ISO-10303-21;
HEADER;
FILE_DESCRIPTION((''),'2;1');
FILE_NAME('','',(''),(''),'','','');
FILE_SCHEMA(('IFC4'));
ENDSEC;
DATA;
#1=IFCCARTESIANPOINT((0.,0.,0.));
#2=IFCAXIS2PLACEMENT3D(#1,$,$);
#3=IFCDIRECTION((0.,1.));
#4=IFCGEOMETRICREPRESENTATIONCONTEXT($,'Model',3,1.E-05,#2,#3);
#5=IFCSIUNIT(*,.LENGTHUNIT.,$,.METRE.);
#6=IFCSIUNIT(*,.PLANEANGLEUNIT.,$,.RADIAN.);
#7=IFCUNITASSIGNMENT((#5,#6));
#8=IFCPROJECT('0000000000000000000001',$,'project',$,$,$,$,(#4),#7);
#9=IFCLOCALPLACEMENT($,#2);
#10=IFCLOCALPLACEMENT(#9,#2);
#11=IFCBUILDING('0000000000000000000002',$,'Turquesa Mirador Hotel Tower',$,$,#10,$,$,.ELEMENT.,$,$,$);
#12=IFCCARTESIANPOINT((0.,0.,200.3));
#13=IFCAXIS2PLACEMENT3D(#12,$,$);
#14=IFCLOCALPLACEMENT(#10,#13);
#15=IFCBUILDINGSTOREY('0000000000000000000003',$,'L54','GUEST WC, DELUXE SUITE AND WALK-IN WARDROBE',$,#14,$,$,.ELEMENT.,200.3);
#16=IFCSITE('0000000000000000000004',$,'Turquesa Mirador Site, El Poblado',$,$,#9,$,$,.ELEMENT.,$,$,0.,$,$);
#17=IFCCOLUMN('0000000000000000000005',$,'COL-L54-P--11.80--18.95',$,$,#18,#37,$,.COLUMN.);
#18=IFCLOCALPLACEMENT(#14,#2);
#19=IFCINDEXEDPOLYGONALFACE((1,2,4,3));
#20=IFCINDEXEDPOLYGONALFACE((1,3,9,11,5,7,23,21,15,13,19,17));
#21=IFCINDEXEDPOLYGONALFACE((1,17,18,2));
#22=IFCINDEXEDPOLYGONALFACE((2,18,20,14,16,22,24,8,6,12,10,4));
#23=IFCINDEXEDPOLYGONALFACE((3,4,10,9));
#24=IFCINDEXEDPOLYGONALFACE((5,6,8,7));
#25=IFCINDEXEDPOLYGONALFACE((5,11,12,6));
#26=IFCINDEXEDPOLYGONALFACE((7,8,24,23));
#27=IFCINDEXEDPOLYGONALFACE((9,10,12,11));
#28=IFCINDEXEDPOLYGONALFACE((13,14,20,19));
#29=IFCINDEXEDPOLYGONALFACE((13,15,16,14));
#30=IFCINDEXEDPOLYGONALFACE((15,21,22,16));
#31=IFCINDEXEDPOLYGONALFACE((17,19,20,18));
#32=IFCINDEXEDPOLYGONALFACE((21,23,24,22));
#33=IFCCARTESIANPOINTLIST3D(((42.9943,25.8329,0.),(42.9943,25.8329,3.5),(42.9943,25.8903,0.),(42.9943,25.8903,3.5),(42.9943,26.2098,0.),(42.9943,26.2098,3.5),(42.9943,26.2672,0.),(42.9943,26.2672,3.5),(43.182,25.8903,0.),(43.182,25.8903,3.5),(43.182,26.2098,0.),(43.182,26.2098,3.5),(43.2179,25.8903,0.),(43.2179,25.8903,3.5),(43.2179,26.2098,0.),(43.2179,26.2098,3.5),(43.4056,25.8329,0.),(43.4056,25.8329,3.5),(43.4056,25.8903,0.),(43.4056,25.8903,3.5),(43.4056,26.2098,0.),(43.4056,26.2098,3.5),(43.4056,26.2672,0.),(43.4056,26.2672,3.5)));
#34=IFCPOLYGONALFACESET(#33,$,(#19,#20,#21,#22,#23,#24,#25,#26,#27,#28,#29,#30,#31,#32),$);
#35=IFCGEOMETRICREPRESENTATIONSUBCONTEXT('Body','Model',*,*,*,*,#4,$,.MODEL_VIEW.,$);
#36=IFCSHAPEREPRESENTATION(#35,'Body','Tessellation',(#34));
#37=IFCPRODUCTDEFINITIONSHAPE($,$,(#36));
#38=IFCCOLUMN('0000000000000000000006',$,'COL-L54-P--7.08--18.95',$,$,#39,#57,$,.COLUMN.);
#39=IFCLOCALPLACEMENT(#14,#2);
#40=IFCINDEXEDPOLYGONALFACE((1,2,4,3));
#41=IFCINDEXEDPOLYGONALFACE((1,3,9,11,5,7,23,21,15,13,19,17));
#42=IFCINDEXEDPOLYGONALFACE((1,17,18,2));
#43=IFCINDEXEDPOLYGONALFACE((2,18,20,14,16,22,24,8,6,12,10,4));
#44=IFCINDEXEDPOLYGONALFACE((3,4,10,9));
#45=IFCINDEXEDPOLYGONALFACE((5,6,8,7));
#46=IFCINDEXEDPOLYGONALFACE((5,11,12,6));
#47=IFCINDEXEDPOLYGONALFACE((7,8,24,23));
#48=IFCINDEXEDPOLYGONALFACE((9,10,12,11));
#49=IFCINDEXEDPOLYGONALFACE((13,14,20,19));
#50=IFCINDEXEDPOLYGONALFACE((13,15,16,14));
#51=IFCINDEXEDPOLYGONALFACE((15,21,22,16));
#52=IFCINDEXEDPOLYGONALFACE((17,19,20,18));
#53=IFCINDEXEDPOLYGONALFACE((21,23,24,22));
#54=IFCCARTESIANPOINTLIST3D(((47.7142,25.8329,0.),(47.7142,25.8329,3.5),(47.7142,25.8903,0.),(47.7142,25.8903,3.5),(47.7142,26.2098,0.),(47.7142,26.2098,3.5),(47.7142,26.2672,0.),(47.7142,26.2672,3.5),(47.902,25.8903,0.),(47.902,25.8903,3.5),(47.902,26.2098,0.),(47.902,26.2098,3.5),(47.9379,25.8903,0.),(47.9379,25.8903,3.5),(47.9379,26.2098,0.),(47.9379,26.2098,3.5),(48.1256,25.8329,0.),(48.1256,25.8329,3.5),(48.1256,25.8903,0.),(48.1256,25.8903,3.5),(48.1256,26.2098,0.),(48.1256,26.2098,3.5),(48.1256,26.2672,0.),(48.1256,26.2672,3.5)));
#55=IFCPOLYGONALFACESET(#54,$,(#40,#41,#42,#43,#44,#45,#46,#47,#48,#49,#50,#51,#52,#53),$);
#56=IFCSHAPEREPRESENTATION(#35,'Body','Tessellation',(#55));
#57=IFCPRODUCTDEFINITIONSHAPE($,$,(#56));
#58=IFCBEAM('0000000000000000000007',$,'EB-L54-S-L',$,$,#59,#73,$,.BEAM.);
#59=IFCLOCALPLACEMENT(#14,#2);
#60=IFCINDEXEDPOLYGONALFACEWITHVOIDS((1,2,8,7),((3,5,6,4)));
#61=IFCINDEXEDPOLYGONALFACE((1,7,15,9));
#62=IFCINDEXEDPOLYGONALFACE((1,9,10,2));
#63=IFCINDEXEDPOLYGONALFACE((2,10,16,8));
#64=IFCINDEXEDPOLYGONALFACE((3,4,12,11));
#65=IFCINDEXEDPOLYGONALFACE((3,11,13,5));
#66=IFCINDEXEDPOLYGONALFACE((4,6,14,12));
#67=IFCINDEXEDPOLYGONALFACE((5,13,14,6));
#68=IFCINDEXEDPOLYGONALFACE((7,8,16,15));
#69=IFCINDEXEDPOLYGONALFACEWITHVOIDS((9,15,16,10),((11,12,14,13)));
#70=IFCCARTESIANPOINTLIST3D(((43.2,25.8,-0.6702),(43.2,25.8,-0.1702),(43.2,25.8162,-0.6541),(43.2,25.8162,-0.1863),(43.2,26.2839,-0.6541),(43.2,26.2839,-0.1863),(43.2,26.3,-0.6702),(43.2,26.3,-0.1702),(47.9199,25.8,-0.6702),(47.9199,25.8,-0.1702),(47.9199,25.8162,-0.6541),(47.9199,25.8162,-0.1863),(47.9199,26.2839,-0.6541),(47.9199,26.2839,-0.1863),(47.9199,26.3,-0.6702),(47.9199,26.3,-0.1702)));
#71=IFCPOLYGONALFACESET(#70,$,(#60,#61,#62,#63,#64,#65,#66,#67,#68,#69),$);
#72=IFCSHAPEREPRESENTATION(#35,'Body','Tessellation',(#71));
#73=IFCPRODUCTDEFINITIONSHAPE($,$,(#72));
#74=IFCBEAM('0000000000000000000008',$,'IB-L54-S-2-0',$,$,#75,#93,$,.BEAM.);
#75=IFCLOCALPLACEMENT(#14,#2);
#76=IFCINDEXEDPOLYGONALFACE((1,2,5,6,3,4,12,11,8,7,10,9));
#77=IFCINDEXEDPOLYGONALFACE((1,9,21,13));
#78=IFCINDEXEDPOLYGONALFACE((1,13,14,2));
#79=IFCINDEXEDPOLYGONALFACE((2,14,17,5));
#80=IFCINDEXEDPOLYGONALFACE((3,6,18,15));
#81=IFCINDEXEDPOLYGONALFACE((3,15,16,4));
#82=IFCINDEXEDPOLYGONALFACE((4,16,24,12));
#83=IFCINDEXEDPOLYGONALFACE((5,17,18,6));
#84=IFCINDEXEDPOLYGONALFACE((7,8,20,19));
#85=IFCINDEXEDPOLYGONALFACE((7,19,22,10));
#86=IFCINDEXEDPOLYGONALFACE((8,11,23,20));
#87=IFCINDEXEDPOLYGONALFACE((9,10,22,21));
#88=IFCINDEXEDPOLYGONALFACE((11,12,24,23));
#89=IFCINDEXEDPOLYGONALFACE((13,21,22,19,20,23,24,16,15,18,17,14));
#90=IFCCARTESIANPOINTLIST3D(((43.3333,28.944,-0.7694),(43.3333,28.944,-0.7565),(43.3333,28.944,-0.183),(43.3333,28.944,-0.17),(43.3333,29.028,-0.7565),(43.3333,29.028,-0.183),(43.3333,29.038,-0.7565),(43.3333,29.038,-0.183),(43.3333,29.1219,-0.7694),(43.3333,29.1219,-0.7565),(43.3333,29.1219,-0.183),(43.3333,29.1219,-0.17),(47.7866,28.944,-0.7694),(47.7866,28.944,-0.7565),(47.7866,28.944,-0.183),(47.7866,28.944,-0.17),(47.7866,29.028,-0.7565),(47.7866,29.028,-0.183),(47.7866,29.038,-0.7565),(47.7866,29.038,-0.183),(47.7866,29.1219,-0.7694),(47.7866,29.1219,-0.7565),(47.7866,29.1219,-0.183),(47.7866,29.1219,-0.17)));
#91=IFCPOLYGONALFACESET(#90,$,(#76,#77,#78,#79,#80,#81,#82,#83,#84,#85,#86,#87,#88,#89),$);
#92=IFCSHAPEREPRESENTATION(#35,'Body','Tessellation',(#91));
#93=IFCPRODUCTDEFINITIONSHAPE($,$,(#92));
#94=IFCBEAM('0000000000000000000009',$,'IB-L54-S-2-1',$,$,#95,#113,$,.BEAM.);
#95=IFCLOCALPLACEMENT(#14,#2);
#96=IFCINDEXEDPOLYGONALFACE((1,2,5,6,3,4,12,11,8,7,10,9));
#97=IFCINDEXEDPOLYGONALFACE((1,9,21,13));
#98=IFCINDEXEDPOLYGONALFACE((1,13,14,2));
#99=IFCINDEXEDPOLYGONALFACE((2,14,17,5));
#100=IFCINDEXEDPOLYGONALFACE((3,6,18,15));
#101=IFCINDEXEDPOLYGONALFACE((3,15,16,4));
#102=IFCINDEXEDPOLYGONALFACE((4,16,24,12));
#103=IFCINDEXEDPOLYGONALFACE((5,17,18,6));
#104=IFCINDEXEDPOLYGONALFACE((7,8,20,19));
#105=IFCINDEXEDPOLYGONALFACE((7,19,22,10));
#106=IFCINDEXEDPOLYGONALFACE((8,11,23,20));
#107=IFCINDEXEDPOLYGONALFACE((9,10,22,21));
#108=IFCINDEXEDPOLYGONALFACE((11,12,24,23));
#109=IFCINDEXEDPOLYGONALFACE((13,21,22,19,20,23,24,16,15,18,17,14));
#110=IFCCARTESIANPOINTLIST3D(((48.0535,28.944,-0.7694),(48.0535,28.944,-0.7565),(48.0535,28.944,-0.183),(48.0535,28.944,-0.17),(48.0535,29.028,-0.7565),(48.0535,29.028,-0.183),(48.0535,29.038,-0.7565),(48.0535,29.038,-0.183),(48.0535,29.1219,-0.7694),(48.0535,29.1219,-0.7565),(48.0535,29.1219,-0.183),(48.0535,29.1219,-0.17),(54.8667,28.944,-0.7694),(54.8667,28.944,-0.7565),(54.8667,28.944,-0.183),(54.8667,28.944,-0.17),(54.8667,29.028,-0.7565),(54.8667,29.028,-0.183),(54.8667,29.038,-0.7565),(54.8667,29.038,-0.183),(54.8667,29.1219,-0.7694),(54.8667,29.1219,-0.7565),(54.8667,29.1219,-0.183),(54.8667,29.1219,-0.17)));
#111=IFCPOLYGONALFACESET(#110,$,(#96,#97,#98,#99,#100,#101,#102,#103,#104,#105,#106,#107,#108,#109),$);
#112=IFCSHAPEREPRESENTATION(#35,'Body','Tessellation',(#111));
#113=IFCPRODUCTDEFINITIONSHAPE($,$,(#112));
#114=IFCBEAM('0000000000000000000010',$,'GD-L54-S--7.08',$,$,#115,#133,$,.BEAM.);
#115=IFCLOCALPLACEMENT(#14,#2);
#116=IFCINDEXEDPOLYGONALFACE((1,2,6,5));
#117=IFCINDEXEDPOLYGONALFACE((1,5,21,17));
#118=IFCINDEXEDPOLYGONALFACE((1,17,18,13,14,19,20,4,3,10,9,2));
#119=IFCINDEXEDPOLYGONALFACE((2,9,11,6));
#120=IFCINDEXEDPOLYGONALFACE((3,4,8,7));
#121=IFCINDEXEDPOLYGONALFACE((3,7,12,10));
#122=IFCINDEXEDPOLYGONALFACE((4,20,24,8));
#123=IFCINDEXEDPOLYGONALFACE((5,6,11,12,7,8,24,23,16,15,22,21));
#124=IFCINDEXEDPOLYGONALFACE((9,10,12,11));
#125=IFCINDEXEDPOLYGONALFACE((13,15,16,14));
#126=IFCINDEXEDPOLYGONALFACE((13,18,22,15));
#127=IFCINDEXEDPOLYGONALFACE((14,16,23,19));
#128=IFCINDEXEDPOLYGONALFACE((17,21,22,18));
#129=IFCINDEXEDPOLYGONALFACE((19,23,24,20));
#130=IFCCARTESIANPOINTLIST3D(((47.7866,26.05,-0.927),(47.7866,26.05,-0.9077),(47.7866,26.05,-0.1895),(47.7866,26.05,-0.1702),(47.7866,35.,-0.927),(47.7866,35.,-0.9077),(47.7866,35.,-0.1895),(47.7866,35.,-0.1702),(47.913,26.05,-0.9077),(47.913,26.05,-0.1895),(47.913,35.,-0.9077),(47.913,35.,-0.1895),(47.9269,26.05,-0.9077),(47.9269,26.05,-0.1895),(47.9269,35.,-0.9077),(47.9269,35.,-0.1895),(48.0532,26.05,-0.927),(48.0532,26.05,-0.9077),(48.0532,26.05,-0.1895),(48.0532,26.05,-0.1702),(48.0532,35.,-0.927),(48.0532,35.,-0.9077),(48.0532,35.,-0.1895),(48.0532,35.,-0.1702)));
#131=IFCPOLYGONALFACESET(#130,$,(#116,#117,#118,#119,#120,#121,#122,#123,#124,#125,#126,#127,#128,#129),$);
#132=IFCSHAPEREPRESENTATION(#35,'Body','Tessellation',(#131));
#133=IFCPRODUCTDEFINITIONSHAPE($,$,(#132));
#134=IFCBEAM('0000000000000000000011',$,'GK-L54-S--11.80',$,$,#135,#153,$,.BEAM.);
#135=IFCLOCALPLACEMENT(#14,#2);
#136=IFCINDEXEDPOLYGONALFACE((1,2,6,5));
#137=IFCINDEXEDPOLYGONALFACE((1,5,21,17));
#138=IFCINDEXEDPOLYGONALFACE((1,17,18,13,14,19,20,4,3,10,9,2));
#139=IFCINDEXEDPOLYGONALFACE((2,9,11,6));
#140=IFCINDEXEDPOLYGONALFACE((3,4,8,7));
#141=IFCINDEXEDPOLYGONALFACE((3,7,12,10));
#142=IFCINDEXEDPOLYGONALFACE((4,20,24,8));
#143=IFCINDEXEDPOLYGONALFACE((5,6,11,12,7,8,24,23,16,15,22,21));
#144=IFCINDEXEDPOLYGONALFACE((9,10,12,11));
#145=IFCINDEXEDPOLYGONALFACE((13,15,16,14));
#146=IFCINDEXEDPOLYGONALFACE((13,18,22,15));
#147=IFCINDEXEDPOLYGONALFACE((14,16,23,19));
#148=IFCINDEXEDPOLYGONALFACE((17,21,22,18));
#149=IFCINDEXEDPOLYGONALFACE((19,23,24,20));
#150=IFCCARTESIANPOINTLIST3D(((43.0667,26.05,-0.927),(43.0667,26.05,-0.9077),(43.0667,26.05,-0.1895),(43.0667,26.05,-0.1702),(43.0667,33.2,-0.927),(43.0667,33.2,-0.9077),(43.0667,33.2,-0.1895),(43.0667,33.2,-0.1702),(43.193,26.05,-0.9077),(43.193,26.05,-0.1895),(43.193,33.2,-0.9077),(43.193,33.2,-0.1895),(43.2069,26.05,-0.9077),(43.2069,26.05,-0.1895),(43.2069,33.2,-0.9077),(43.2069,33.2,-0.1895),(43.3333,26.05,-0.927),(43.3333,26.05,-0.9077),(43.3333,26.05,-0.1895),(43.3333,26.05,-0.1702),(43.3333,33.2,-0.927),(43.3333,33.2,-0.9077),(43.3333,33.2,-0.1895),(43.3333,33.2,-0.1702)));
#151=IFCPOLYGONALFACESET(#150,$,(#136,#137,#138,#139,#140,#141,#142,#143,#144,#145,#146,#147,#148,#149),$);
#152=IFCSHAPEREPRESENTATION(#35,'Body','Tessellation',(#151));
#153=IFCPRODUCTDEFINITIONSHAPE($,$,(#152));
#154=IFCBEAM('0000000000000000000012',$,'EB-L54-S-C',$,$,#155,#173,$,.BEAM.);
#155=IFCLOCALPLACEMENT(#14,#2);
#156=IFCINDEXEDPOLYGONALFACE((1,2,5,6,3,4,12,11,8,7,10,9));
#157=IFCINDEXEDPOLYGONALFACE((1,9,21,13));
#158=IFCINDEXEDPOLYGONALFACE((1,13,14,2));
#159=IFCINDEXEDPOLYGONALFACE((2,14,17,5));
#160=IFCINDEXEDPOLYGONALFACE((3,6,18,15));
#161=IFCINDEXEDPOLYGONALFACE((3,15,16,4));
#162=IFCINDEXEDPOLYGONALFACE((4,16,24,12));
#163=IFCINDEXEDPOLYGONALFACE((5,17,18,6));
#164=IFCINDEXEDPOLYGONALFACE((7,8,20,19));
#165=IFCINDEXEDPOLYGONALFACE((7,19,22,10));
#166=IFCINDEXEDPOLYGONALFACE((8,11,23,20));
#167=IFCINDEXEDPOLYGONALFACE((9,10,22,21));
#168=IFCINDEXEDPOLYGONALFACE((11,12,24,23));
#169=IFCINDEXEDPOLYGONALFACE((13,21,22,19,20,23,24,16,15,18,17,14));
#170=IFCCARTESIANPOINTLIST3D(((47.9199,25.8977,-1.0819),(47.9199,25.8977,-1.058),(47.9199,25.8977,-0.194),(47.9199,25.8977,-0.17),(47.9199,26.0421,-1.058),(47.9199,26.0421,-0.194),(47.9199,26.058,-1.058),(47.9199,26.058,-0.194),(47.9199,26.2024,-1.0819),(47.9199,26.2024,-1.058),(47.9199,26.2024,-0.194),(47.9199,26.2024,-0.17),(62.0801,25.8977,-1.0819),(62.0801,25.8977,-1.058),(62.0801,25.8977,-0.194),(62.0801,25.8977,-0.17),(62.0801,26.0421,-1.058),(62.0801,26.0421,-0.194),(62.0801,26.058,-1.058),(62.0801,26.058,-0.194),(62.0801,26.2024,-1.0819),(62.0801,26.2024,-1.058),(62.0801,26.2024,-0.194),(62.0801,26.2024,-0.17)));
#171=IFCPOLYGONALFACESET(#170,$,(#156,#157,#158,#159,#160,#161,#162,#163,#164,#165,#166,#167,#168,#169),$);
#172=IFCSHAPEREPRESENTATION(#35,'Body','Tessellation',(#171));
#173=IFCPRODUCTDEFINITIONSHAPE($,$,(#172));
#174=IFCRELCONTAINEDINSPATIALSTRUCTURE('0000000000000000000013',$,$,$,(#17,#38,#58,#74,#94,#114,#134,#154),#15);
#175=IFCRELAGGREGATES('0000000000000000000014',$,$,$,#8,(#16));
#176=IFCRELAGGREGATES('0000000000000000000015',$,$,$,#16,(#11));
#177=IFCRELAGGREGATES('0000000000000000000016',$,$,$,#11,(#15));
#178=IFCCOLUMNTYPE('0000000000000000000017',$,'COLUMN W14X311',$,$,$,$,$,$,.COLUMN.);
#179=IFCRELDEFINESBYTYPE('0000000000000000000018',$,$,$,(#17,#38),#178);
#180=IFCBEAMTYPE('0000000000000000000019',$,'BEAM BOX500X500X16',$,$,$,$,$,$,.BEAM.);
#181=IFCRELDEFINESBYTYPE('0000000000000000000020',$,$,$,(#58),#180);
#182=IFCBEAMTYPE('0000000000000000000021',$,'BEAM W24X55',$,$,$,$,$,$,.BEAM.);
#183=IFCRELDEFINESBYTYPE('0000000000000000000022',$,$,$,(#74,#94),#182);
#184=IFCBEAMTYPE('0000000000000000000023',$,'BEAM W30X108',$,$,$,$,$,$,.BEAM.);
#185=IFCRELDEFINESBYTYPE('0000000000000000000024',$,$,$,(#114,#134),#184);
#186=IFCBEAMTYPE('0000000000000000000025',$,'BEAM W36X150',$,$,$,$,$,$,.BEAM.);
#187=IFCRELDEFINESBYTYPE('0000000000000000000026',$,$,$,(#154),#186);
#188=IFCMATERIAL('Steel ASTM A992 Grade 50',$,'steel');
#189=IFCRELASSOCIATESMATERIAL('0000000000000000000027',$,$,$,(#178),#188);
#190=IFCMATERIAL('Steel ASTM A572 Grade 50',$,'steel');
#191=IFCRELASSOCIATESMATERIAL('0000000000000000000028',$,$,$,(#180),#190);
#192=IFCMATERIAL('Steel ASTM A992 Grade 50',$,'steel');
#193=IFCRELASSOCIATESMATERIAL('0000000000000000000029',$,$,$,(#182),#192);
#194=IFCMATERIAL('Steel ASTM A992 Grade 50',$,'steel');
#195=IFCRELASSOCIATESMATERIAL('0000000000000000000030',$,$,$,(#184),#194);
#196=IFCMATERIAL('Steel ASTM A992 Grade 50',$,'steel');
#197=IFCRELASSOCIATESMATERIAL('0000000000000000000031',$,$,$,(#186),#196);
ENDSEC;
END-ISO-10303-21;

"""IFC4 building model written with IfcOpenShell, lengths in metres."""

from ifc_helpers import new_model, si_unit, direction, frame, origin, origin_2d, place, context, subcontext, project, spatial, hollow_rectangle, i_section, extrude, material, material_profile, profile_set, type_object, element, save


model = new_model("IFC4")

# Units and contexts
model_context = context("Model", 3, precision=1e-05, world=origin(), true_north=direction((0.0, 1.0)))
body_context = subcontext(model_context, "Body", "Model", "MODEL_VIEW")
ifc_project = project(units=[si_unit("LENGTHUNIT", "METRE"), si_unit("PLANEANGLEUNIT", "RADIAN")], contexts=[model_context])

# Site, building, storey
site_placement = place(None, origin())
site = spatial("IfcSite", under=ifc_project, at=site_placement, Name="Turquesa Mirador Site, El Poblado", CompositionType="ELEMENT", RefElevation=0.0)
building_placement = place(site_placement, origin())
building = spatial("IfcBuilding", under=site, at=building_placement, Name="Turquesa Mirador Hotel Tower", CompositionType="ELEMENT")
storey_placement = place(building_placement, frame((0.0, 0.0, 200.3)))
storey = spatial("IfcBuildingStorey", under=building, at=storey_placement, Name="L54", Description="GUEST WC, DELUXE SUITE AND WALK-IN WARDROBE", CompositionType="ELEMENT", Elevation=200.3)

# Columns
ifc_material_1 = material(Name="Steel ASTM A992 Grade 50", Category="steel")
ifc_material_profile_1 = material_profile(ifc_material_1, i_section(OverallWidth=0.4114, OverallDepth=0.4343, WebThickness=0.0359, FlangeThickness=0.0574, at=origin_2d()), Name="W14X311")
ifc_profile_set_1 = profile_set([ifc_material_profile_1], Name="Steel ASTM A992 Grade 50")
column_type = type_object("IfcColumnType", Name="COLUMN W14X311", PredefinedType="COLUMN", material=ifc_profile_set_1)
for number, where, z_axis, x_axis, name in (
    (1, (43.2, 26.05, 0.0), (0.0, 0.0, 1.0), (1.0, 0.0, 0.0), "COL-L54-P--11.80--18.95"),
    (2, (47.9199, 26.05, 0.0), (0.0, 0.0, 1.0), (1.0, 0.0, 0.0), "COL-L54-P--7.08--18.95"),
):
    element("IfcColumn", number, at=place(storey_placement, frame(where, z_axis=z_axis, x_axis=x_axis)), inside=storey, type_object=column_type, Name=name, PredefinedType="COLUMN", context=body_context, shape_type="SweptSolid", body=[
        extrude(i_section(OverallWidth=0.4114, OverallDepth=0.4343, WebThickness=0.0359, FlangeThickness=0.0574, at=origin_2d()), origin(), (0.0, 0.0, 1.0), 3.5),
    ])

# Beams
ifc_material_2 = material(Name="Steel ASTM A572 Grade 50", Category="steel")
ifc_material_profile_2 = material_profile(ifc_material_2, hollow_rectangle(XDim=0.5, YDim=0.5, WallThickness=0.0161, at=origin_2d()), Name="BOX500X500X16")
ifc_profile_set_2 = profile_set([ifc_material_profile_2], Name="Steel ASTM A572 Grade 50")
beam_type_1 = type_object("IfcBeamType", Name="BEAM BOX500X500X16", PredefinedType="BEAM", material=ifc_profile_set_2)
beam_1_placement = place(storey_placement, frame((43.2, 26.05, -0.4202), z_axis=(1.0, 0.0, 0.0), x_axis=(0.0, 1.0, 0.0)))
element("IfcBeam", 3, at=beam_1_placement, inside=storey, type_object=beam_type_1, Name="EB-L54-S-L", PredefinedType="BEAM", context=body_context, shape_type="SweptSolid", body=[
    extrude(hollow_rectangle(XDim=0.5, YDim=0.5, WallThickness=0.0161, at=origin_2d()), origin(), (0.0, 0.0, 1.0), 4.72),
])
ifc_material_3 = material(Name="Steel ASTM A992 Grade 50", Category="steel")
ifc_material_profile_3 = material_profile(ifc_material_3, i_section(OverallWidth=0.178, OverallDepth=0.5994, WebThickness=0.01, FlangeThickness=0.0129, at=origin_2d()), Name="W24X55")
ifc_profile_set_3 = profile_set([ifc_material_profile_3], Name="Steel ASTM A992 Grade 50")
beam_type_2 = type_object("IfcBeamType", Name="BEAM W24X55", PredefinedType="BEAM", material=ifc_profile_set_3)
beam_2_placement = place(storey_placement, frame((43.3333, 29.033, -0.4697), z_axis=(1.0, 0.0, 0.0), x_axis=(0.0, 1.0, 0.0)))
element("IfcBeam", 4, at=beam_2_placement, inside=storey, type_object=beam_type_2, Name="IB-L54-S-2-0", PredefinedType="BEAM", context=body_context, shape_type="SweptSolid", body=[
    extrude(i_section(OverallWidth=0.178, OverallDepth=0.5994, WebThickness=0.01, FlangeThickness=0.0129, at=origin_2d()), origin(), (0.0, 0.0, 1.0), 4.4534),
])
beam_3_placement = place(storey_placement, frame((48.0535, 29.033, -0.4697), z_axis=(1.0, 0.0, 0.0), x_axis=(0.0, 1.0, 0.0)))
element("IfcBeam", 5, at=beam_3_placement, inside=storey, type_object=beam_type_2, Name="IB-L54-S-2-1", PredefinedType="BEAM", context=body_context, shape_type="SweptSolid", body=[
    extrude(i_section(OverallWidth=0.178, OverallDepth=0.5994, WebThickness=0.01, FlangeThickness=0.0129, at=origin_2d()), origin(), (0.0, 0.0, 1.0), 6.8132),
])
ifc_material_4 = material(Name="Steel ASTM A992 Grade 50", Category="steel")
ifc_material_profile_4 = material_profile(ifc_material_4, i_section(OverallWidth=0.2666, OverallDepth=0.7568, WebThickness=0.0139, FlangeThickness=0.0193, at=origin_2d()), Name="W30X108")
ifc_profile_set_4 = profile_set([ifc_material_profile_4], Name="Steel ASTM A992 Grade 50")
beam_type_3 = type_object("IfcBeamType", Name="BEAM W30X108", PredefinedType="BEAM", material=ifc_profile_set_4)
beam_4_placement = place(storey_placement, frame((47.9199, 26.05, -0.5486), z_axis=(0.0, 1.0, 0.0), x_axis=(-1.0, 0.0, 0.0)))
element("IfcBeam", 6, at=beam_4_placement, inside=storey, type_object=beam_type_3, Name="GD-L54-S--7.08", PredefinedType="BEAM", context=body_context, shape_type="SweptSolid", body=[
    extrude(i_section(OverallWidth=0.2666, OverallDepth=0.7568, WebThickness=0.0139, FlangeThickness=0.0193, at=origin_2d()), origin(), (0.0, 0.0, 1.0), 8.95),
])
beam_5_placement = place(storey_placement, frame((43.2, 26.05, -0.5486), z_axis=(0.0, 1.0, 0.0), x_axis=(-1.0, 0.0, 0.0)))
element("IfcBeam", 7, at=beam_5_placement, inside=storey, type_object=beam_type_3, Name="GK-L54-S--11.80", PredefinedType="BEAM", context=body_context, shape_type="SweptSolid", body=[
    extrude(i_section(OverallWidth=0.2666, OverallDepth=0.7568, WebThickness=0.0139, FlangeThickness=0.0193, at=origin_2d()), origin(), (0.0, 0.0, 1.0), 7.1499),
])
ifc_material_5 = material(Name="Steel ASTM A992 Grade 50", Category="steel")
ifc_material_profile_5 = material_profile(ifc_material_5, i_section(OverallWidth=0.3047, OverallDepth=0.9119, WebThickness=0.0159, FlangeThickness=0.0239, at=origin_2d()), Name="W36X150")
ifc_profile_set_5 = profile_set([ifc_material_profile_5], Name="Steel ASTM A992 Grade 50")
beam_type_4 = type_object("IfcBeamType", Name="BEAM W36X150", PredefinedType="BEAM", material=ifc_profile_set_5)
beam_6_placement = place(storey_placement, frame((47.9199, 26.05, -0.626), z_axis=(1.0, 0.0, 0.0), x_axis=(0.0, 1.0, 0.0)))
element("IfcBeam", 8, at=beam_6_placement, inside=storey, type_object=beam_type_4, Name="EB-L54-S-C", PredefinedType="BEAM", context=body_context, shape_type="SweptSolid", body=[
    extrude(i_section(OverallWidth=0.3047, OverallDepth=0.9119, WebThickness=0.0159, FlangeThickness=0.0239, at=origin_2d()), origin(), (0.0, 0.0, 1.0), 14.1602),
])

save(model, "model.ifc")
